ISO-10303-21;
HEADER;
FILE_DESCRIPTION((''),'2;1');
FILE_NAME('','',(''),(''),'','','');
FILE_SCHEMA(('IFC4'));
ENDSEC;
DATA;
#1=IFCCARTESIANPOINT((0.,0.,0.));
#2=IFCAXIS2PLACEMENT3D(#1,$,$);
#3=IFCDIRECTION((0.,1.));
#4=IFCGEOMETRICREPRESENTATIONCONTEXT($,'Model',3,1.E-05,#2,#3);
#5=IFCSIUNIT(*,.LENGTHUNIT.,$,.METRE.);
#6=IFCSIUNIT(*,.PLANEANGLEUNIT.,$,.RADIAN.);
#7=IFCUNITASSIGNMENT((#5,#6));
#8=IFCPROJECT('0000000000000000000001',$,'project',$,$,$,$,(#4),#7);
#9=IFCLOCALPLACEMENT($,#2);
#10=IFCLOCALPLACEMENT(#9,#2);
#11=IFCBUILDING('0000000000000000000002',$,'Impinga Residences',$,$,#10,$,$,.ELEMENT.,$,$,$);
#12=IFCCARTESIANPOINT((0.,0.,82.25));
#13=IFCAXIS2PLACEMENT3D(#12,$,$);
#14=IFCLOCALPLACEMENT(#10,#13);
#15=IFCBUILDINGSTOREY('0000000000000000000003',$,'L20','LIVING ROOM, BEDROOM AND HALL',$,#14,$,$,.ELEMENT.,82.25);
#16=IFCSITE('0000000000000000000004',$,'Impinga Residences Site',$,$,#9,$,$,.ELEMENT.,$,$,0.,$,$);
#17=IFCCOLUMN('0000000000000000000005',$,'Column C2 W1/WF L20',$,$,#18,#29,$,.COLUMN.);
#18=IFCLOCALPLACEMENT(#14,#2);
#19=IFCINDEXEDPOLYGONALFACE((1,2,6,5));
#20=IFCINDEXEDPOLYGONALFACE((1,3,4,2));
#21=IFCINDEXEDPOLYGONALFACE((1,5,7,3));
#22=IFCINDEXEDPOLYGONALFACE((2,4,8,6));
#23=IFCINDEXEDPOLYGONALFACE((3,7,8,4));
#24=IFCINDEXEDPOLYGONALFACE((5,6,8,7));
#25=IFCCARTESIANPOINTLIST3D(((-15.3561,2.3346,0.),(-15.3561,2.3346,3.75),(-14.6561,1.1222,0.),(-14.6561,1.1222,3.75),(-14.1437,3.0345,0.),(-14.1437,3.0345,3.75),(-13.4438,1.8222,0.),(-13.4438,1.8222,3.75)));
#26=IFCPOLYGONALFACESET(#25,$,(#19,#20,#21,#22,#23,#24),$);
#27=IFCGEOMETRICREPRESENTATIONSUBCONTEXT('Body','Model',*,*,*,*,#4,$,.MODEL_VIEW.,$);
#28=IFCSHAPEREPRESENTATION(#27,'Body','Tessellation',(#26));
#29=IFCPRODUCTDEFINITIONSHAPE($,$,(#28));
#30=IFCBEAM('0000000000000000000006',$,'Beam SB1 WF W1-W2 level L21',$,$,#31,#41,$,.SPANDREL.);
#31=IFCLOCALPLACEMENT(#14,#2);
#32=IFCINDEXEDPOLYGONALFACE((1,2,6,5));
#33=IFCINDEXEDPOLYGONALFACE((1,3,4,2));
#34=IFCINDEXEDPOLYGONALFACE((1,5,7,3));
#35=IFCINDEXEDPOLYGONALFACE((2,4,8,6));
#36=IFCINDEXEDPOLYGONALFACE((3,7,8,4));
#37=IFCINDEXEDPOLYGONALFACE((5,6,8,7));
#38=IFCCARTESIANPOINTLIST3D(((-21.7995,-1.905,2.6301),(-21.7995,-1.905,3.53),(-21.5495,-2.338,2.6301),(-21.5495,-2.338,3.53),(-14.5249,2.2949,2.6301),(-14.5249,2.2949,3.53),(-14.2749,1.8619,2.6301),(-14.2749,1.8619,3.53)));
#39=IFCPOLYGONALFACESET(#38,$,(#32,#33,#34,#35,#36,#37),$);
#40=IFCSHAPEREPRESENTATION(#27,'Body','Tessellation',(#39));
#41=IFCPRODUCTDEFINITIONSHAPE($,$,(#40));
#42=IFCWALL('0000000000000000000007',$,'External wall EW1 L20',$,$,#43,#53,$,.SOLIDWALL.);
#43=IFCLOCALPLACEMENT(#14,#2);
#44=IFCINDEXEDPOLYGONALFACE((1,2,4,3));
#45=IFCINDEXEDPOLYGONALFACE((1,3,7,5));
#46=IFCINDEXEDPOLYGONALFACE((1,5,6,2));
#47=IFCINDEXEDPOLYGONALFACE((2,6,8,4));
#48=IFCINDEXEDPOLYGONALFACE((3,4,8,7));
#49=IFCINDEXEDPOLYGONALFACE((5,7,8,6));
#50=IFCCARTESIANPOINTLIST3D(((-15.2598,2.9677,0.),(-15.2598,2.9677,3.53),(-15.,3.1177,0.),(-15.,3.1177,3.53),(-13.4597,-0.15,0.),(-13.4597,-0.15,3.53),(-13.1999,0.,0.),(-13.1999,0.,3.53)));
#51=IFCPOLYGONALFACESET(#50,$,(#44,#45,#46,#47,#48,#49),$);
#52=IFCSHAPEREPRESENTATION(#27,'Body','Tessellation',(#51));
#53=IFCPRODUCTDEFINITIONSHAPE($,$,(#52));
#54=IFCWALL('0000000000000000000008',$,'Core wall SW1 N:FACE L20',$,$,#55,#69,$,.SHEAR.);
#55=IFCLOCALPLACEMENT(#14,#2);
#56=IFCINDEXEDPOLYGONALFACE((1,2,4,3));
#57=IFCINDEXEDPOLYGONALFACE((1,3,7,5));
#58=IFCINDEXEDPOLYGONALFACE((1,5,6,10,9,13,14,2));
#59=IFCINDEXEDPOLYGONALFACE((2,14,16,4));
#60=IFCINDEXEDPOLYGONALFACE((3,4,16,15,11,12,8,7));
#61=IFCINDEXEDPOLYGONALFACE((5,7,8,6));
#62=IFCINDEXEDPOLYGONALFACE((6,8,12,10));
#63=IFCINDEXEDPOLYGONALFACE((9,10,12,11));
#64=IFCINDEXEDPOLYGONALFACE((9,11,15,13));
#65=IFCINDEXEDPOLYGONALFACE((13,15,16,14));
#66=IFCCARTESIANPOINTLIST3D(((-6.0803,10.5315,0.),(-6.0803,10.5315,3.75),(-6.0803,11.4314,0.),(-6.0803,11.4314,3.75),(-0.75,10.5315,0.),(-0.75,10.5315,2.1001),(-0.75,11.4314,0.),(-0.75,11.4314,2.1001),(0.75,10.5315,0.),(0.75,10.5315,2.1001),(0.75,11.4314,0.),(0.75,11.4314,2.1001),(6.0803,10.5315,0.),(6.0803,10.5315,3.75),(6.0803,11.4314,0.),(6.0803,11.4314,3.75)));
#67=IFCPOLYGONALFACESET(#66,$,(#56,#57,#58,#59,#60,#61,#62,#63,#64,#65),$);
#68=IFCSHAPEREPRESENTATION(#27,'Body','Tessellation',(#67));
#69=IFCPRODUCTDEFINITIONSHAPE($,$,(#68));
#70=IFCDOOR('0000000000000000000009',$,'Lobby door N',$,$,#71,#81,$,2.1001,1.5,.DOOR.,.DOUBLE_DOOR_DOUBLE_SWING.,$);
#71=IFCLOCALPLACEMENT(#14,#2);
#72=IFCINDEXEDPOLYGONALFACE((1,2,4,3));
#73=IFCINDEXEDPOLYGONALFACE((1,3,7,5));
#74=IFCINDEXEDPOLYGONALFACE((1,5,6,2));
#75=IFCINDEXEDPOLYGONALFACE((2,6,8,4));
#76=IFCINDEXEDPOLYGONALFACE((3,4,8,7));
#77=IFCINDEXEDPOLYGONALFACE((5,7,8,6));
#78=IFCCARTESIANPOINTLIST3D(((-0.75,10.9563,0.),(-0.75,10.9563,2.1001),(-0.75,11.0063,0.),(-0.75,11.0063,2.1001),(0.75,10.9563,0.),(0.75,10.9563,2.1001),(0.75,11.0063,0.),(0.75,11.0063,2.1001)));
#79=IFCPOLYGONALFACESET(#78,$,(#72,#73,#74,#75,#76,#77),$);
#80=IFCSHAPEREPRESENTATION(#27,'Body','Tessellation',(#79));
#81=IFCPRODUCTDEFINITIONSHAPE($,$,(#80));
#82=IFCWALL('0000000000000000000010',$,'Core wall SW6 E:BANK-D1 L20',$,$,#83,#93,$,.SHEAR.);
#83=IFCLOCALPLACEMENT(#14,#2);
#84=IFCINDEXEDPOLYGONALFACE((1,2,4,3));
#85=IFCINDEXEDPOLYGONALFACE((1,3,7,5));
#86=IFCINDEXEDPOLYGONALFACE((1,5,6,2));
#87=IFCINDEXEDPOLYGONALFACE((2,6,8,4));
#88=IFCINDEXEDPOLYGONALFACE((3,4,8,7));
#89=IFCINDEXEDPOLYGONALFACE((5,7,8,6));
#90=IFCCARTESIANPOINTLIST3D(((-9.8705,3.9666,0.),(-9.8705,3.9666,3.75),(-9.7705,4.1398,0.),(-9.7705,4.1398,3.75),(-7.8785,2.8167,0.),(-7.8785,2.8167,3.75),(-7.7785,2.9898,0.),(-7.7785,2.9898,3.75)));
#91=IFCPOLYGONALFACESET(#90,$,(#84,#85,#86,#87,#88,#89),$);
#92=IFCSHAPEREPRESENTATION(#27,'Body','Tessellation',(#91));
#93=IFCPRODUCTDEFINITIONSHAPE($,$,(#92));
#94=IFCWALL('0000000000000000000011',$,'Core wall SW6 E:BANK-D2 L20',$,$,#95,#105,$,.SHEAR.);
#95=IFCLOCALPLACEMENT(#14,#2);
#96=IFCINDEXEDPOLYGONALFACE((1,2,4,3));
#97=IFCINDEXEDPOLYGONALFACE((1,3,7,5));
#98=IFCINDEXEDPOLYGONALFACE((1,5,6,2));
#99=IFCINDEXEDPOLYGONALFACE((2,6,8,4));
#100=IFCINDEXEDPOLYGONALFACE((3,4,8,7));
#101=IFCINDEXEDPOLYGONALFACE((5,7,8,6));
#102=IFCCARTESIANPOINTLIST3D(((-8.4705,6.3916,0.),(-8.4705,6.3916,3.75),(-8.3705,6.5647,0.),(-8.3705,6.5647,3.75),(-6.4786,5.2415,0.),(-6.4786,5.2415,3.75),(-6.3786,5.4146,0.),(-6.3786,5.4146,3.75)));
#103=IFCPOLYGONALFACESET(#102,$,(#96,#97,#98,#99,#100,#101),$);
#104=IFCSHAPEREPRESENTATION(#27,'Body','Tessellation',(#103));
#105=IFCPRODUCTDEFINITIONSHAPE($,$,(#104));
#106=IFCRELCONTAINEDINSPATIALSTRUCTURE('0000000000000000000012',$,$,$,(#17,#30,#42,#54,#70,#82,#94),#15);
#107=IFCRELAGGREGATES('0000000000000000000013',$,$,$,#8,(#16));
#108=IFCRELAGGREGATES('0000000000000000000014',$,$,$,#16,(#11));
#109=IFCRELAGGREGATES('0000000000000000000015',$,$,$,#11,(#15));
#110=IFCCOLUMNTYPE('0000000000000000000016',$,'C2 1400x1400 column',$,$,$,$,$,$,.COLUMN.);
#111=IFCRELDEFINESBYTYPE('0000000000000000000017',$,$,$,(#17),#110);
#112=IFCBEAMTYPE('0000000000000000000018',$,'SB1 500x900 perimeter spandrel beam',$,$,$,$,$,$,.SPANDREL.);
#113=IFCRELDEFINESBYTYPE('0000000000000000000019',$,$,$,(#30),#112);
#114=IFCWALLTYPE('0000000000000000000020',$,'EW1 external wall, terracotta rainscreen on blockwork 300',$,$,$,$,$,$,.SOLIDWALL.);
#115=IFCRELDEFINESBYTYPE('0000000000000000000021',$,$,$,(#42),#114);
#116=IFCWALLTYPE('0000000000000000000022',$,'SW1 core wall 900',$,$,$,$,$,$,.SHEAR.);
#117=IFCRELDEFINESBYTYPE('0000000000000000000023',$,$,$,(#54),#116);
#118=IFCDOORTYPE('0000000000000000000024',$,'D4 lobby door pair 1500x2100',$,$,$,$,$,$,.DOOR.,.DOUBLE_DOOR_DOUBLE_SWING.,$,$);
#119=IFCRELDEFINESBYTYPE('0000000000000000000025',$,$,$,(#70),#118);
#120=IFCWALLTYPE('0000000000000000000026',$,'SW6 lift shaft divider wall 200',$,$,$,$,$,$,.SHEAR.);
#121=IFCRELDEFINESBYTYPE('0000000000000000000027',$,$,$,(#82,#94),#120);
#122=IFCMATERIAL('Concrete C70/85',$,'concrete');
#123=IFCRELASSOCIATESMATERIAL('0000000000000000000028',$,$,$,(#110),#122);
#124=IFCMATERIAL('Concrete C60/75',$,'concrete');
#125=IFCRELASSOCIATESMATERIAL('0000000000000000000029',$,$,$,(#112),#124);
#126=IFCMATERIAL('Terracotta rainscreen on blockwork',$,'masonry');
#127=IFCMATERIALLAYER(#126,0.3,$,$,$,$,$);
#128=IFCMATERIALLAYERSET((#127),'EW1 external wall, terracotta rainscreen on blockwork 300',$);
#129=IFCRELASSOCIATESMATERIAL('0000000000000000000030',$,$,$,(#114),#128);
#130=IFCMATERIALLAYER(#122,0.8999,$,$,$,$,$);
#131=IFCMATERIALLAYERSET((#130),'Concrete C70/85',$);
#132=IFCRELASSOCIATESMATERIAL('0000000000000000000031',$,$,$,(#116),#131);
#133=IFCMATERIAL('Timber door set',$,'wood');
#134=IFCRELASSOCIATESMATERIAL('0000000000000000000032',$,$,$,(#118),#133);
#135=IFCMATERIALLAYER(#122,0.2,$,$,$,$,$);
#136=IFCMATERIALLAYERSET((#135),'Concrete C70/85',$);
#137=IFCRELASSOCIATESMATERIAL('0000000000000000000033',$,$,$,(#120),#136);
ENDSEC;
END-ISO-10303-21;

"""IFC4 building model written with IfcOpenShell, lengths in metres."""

from ifc_helpers import new_model, si_unit, direction, frame, frame_2d, origin, origin_2d, place, context, subcontext, project, spatial, rectangle, extrude, material, layer, layer_set, material_profile, profile_set, type_object, element, fill, save


model = new_model("IFC4")

# Units and contexts
model_context = context("Model", 3, precision=1e-05, world=origin(), true_north=direction((0.0, 1.0)))
body_context = subcontext(model_context, "Body", "Model", "MODEL_VIEW")
ifc_project = project(units=[si_unit("LENGTHUNIT", "METRE"), si_unit("PLANEANGLEUNIT", "RADIAN")], contexts=[model_context])

# Site, building, storey
site_placement = place(None, origin())
site = spatial("IfcSite", under=ifc_project, at=site_placement, Name="Impinga Residences Site", CompositionType="ELEMENT", RefElevation=0.0)
building_placement = place(site_placement, origin())
building = spatial("IfcBuilding", under=site, at=building_placement, Name="Impinga Residences", CompositionType="ELEMENT")
storey_placement = place(building_placement, frame((0.0, 0.0, 82.25)))
storey = spatial("IfcBuildingStorey", under=building, at=storey_placement, Name="L20", Description="LIVING ROOM, BEDROOM AND HALL", CompositionType="ELEMENT", Elevation=82.25)

# Column
ifc_material_1 = material(Name="Concrete C70/85", Category="concrete")
ifc_material_profile_1 = material_profile(ifc_material_1, rectangle(XDim=1.3999, YDim=1.3999, at=origin_2d()), Name="RC 1400x1400")
ifc_profile_set_1 = profile_set([ifc_material_profile_1], Name="Concrete C70/85")
column_type = type_object("IfcColumnType", Name="C2 1400x1400 column", PredefinedType="COLUMN", material=ifc_profile_set_1)
column_placement = place(storey_placement, frame((-14.3999, 2.0784, 0.0), z_axis=(0.0, 0.0, 1.0), x_axis=(-0.5, 0.866025, 0.0)))
element("IfcColumn", 1, at=column_placement, inside=storey, type_object=column_type, Name="Column C2 W1/WF L20", PredefinedType="COLUMN", context=body_context, shape_type="SweptSolid", body=[
    extrude(rectangle(XDim=1.3999, YDim=1.3999, at=origin_2d()), origin(), (0.0, 0.0, 1.0), 3.75),
])

# Beam
ifc_material_2 = material(Name="Concrete C60/75", Category="concrete")
ifc_material_profile_2 = material_profile(ifc_material_2, rectangle(XDim=0.5, YDim=0.8999, at=origin_2d()), Name="RC 500x900")
ifc_profile_set_2 = profile_set([ifc_material_profile_2], Name="Concrete C60/75")
beam_type = type_object("IfcBeamType", Name="SB1 500x900 perimeter spandrel beam", PredefinedType="SPANDREL", material=ifc_profile_set_2)
beam_placement = place(storey_placement, frame((-14.3999, 2.0784, 3.0801), z_axis=(-0.866029, -0.499993, 0.0), x_axis=(0.499993, -0.866029, 0.0)))
element("IfcBeam", 2, at=beam_placement, inside=storey, type_object=beam_type, Name="Beam SB1 WF W1-W2 level L21", PredefinedType="SPANDREL", context=body_context, shape_type="SweptSolid", body=[
    extrude(rectangle(XDim=0.5, YDim=0.8999, at=origin_2d()), origin(), (0.0, 0.0, 1.0), 8.3999),
])

# Wall
ifc_material_3 = material(Name="Terracotta rainscreen on blockwork", Category="masonry")
ifc_layer_1 = layer(ifc_material_3, 0.3)
ifc_layer_set_1 = layer_set([ifc_layer_1], Name="EW1 external wall, terracotta rainscreen on blockwork 300")
wall_type_1 = type_object("IfcWallType", Name="EW1 external wall, terracotta rainscreen on blockwork 300", PredefinedType="SOLIDWALL", material=ifc_layer_set_1)
wall_1_placement = place(storey_placement, frame((-15.1299, 3.0427, 0.0), z_axis=(0.0, 0.0, 1.0), x_axis=(0.500012, -0.866018, 0.0)))
element("IfcWall", 3, at=wall_1_placement, inside=storey, type_object=wall_type_1, Name="External wall EW1 L20", PredefinedType="SOLIDWALL", context=body_context, shape_type="SweptSolid", body=[
    extrude(rectangle(XDim=3.6001, YDim=0.3, at=frame_2d((1.8, 0.0))), origin(), (0.0, 0.0, 1.0), 3.53),
])

# Wall, opening, door
ifc_layer_2 = layer(ifc_material_1, 0.8999)
ifc_layer_set_2 = layer_set([ifc_layer_2], Name="Concrete C70/85")
wall_type_2 = type_object("IfcWallType", Name="SW1 core wall 900", PredefinedType="SHEAR", material=ifc_layer_set_2)
wall_2_placement = place(storey_placement, frame((-6.0803, 10.9814, 0.0), z_axis=(0.0, 0.0, 1.0), x_axis=(1.0, 0.0, 0.0)))
wall_2 = element("IfcWall", 4, at=wall_2_placement, inside=storey, type_object=wall_type_2, Name="Core wall SW1 N:FACE L20", PredefinedType="SHEAR", context=body_context, shape_type="SweptSolid", body=[
    extrude(rectangle(XDim=12.1606, YDim=0.8999, at=frame_2d((6.0803, 0.0))), origin(), (0.0, 0.0, 1.0), 3.75),
])
opening_1_placement = place(wall_2_placement, frame((5.3303, 0.0, 0.0)))
opening_1 = element("IfcOpeningElement", 5, at=opening_1_placement, cuts=wall_2, PredefinedType="OPENING", context=body_context, shape_type="SweptSolid", body=[
    extrude(rectangle(XDim=1.5, YDim=2.1001, at=frame_2d((0.75, 1.05))), frame((0.0, 0.46, 0.0), z_axis=(0.0, -1.0, 0.0), x_axis=(1.0, 0.0, 0.0)), (0.0, 0.0, 1.0), 0.9199),
])
ifc_material_4 = material(Name="Timber door set", Category="wood")
door_type = type_object("IfcDoorType", Name="D4 lobby door pair 1500x2100", OperationType="DOUBLE_DOOR_DOUBLE_SWING", PredefinedType="DOOR", material=ifc_material_4)
door_placement = place(opening_1_placement, origin())
door = element("IfcDoor", 6, at=door_placement, inside=storey, type_object=door_type, Name="Lobby door N", OperationType="DOUBLE_DOOR_DOUBLE_SWING", OverallHeight=2.1001, OverallWidth=1.5, PredefinedType="DOOR", context=body_context, shape_type="SweptSolid", body=[
    extrude(rectangle(XDim=1.5, YDim=2.1001, at=frame_2d((0.75, 1.05))), frame((0.0, 0.0249, 0.0), z_axis=(0.0, -1.0, 0.0), x_axis=(1.0, 0.0, 0.0)), (0.0, 0.0, 1.0), 0.05),
])
fill(opening_1, door)

# Walls
ifc_layer_3 = layer(ifc_material_1, 0.2)
ifc_layer_set_3 = layer_set([ifc_layer_3], Name="Concrete C70/85")
wall_type_3 = type_object("IfcWallType", Name="SW6 lift shaft divider wall 200", PredefinedType="SHEAR", material=ifc_layer_set_3)
for number, where, z_axis, x_axis, name in (
    (7, (-7.8286, 2.9033, 0.0), (0.0, 0.0, 1.0), (-0.866053, 0.499952, 0.0), "Core wall SW6 E:BANK-D1 L20"),
    (8, (-6.4287, 5.3281, 0.0), (0.0, 0.0, 1.0), (-0.866007, 0.500032, 0.0), "Core wall SW6 E:BANK-D2 L20"),
):
    element("IfcWall", number, at=place(storey_placement, frame(where, z_axis=z_axis, x_axis=x_axis)), inside=storey, type_object=wall_type_3, Name=name, PredefinedType="SHEAR", context=body_context, shape_type="SweptSolid", body=[
        extrude(rectangle(XDim=2.3, YDim=0.2, at=frame_2d((1.1499, 0.0))), origin(), (0.0, 0.0, 1.0), 3.75),
    ])

save(model, "model.ifc")
